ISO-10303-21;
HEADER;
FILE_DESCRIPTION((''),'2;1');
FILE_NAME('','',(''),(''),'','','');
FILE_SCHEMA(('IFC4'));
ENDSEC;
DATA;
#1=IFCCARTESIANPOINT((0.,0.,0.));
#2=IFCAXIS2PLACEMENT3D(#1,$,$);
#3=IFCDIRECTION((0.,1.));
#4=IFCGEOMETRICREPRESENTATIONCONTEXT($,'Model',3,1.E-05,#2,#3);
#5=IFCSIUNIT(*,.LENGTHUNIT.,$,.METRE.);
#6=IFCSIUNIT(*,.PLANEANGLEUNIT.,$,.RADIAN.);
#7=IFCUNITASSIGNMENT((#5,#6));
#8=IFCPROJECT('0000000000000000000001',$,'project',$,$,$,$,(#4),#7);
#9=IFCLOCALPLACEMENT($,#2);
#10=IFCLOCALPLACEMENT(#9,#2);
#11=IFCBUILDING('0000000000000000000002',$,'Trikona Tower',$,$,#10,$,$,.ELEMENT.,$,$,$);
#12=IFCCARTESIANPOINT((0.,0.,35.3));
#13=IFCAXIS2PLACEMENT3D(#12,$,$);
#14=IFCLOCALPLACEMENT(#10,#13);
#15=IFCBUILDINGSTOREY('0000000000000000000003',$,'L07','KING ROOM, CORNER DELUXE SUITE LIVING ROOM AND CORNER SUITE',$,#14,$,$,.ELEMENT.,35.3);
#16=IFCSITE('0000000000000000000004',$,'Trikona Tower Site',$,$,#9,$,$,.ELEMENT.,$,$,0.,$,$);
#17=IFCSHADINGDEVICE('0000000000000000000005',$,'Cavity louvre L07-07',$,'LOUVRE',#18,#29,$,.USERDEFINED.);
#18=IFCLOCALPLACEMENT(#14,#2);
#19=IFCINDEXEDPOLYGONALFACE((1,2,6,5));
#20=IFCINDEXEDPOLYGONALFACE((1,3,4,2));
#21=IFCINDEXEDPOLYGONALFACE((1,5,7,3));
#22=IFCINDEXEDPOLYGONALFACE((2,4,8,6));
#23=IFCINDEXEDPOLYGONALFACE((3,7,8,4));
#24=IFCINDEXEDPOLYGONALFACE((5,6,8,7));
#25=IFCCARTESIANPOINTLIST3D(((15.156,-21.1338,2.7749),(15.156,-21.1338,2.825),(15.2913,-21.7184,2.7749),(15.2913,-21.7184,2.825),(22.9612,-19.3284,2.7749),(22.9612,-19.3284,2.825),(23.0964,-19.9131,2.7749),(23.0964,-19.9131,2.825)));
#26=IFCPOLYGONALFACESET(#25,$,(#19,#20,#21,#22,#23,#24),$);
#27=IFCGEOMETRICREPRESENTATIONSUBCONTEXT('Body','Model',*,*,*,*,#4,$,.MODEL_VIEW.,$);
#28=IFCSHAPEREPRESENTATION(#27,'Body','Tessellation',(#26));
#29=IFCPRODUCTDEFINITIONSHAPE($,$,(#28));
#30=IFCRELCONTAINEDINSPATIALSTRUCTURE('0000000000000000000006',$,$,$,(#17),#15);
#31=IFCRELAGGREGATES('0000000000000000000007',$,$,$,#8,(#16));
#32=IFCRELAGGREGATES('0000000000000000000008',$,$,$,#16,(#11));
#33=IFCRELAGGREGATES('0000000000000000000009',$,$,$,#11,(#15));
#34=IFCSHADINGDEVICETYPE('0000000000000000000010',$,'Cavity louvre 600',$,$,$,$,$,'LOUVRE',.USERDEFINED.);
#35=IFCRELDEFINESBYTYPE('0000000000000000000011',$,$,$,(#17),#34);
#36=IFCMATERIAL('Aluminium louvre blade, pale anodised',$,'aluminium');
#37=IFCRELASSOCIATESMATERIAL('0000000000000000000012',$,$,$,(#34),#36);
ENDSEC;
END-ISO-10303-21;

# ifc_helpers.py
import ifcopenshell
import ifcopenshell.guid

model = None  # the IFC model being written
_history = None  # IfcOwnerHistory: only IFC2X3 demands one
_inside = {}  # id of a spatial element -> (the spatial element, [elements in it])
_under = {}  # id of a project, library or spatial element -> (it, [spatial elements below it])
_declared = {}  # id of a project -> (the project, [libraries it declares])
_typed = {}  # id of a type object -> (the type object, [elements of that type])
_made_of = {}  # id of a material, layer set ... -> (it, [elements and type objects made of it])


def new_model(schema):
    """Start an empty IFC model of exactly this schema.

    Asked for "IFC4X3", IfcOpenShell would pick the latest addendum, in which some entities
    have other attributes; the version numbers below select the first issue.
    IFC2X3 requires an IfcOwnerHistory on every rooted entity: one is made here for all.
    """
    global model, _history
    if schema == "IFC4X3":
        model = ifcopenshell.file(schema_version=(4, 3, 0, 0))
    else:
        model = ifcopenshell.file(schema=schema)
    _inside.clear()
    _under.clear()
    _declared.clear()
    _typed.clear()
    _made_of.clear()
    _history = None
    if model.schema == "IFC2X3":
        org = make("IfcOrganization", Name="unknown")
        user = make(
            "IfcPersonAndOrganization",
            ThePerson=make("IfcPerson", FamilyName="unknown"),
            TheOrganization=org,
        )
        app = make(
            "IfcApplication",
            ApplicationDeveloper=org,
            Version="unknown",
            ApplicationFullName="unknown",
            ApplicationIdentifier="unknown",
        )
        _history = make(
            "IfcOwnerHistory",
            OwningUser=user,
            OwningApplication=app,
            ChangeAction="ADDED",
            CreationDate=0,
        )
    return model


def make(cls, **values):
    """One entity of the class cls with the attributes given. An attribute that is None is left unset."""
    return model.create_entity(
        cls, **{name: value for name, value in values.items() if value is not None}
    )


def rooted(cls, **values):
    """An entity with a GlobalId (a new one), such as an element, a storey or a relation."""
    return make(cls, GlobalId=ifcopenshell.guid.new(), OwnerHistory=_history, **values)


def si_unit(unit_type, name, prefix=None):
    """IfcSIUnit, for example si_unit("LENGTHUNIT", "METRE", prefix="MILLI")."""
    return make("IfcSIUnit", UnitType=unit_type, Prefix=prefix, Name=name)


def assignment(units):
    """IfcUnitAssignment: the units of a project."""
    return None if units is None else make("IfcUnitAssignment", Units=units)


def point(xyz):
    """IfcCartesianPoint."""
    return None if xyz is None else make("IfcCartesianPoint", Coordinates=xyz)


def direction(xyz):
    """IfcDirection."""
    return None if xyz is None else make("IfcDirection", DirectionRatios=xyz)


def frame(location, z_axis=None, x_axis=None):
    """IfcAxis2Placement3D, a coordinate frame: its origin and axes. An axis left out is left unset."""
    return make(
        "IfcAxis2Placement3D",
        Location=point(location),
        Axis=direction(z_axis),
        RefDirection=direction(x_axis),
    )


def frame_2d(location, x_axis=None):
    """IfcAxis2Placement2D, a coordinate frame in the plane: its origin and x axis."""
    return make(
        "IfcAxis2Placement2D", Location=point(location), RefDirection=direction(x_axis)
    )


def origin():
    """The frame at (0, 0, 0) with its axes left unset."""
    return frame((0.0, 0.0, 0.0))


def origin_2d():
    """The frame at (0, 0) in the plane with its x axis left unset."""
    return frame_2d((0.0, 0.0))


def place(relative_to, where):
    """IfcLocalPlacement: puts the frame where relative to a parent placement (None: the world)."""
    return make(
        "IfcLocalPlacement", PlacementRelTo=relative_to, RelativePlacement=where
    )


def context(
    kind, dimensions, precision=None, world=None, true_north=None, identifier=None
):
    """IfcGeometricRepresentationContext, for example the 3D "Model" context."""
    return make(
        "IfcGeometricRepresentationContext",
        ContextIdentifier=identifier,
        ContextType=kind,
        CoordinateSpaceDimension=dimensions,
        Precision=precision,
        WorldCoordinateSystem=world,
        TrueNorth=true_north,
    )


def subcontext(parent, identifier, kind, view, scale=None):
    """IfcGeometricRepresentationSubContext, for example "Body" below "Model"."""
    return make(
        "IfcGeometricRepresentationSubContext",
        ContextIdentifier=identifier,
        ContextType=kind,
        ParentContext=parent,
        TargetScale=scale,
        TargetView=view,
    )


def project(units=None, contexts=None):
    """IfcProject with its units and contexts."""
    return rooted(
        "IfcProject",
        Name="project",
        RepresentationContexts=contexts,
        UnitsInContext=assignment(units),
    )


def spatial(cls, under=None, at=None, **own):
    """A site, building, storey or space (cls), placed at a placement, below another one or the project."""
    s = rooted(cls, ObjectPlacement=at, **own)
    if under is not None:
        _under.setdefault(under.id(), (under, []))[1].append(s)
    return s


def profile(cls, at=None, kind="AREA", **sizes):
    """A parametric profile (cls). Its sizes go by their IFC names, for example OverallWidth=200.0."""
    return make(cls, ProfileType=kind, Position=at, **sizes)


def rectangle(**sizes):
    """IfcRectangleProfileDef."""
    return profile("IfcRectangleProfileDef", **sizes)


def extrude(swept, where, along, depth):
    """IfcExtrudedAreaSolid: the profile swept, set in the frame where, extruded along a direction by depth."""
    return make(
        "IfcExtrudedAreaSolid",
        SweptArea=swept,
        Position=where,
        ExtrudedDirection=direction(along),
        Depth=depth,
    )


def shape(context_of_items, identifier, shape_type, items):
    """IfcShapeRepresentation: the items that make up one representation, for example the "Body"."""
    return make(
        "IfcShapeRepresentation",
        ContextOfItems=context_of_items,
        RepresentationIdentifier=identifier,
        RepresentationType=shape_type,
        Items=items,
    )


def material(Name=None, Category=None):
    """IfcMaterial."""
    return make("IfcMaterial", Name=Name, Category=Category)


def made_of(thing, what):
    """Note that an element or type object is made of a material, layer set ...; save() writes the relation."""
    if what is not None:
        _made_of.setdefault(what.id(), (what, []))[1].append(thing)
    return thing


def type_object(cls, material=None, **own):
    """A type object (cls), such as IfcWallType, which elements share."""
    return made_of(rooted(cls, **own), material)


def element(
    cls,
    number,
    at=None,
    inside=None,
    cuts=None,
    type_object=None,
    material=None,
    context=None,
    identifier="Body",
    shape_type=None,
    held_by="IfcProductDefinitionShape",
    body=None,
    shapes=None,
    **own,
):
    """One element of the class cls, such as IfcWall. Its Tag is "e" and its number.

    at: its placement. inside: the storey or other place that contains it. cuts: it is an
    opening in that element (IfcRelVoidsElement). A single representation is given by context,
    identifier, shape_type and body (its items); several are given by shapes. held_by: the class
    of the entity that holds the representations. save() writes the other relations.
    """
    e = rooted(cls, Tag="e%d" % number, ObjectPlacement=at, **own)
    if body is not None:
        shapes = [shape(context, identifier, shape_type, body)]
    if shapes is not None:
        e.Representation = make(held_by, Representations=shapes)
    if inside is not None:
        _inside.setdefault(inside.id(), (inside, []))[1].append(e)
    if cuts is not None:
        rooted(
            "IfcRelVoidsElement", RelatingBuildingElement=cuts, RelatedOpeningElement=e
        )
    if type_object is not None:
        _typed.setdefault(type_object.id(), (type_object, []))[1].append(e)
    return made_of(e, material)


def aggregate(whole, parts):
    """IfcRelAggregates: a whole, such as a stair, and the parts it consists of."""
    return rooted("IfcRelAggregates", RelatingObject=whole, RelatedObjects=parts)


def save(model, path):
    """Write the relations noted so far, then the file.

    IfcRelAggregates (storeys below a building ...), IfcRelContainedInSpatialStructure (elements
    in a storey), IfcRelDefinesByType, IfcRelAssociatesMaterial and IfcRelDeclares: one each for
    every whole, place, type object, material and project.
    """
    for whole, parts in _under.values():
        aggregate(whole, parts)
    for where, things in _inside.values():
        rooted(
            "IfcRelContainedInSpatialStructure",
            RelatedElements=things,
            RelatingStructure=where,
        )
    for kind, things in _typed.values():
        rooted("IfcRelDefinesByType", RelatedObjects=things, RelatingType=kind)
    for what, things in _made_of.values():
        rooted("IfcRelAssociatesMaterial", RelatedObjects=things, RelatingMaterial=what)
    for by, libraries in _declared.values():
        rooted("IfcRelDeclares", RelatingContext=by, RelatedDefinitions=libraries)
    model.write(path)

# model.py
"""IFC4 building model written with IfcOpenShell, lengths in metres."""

from ifc_helpers import new_model, si_unit, direction, frame, origin, origin_2d, place, context, subcontext, project, spatial, rectangle, extrude, material, type_object, element, save


model = new_model("IFC4")

# Units and contexts
model_context = context("Model", 3, precision=1e-05, world=origin(), true_north=direction((0.0, 1.0)))
body_context = subcontext(model_context, "Body", "Model", "MODEL_VIEW")
ifc_project = project(units=[si_unit("LENGTHUNIT", "METRE"), si_unit("PLANEANGLEUNIT", "RADIAN")], contexts=[model_context])

# Site, building, storey
site_placement = place(None, origin())
site = spatial("IfcSite", under=ifc_project, at=site_placement, Name="Trikona Tower Site", CompositionType="ELEMENT", RefElevation=0.0)
building_placement = place(site_placement, origin())
building = spatial("IfcBuilding", under=site, at=building_placement, Name="Trikona Tower", CompositionType="ELEMENT")
storey_placement = place(building_placement, frame((0.0, 0.0, 35.3)))
storey = spatial("IfcBuildingStorey", under=building, at=storey_placement, Name="L07", Description="KING ROOM, CORNER DELUXE SUITE LIVING ROOM AND CORNER SUITE", CompositionType="ELEMENT", Elevation=35.3)

# Shading device
ifc_material_1 = material(Name="Aluminium louvre blade, pale anodised", Category="aluminium")
shading_device_type = type_object("IfcShadingDeviceType", Name="Cavity louvre 600", ElementType="LOUVRE", PredefinedType="USERDEFINED", material=ifc_material_1)
shading_device_placement = place(storey_placement, frame((19.1262, -20.5234, 2.7749), z_axis=(0.0, 0.0, 1.0), x_axis=(0.974278, 0.225351, 0.0)))
element("IfcShadingDevice", 1, at=shading_device_placement, inside=storey, type_object=shading_device_type, Name="Cavity louvre L07-07", ObjectType="LOUVRE", PredefinedType="USERDEFINED", context=body_context, shape_type="SweptSolid", body=[
    extrude(rectangle(XDim=8.0112, YDim=0.6001, at=origin_2d()), origin(), (0.0, 0.0, 1.0), 0.05),
])

save(model, "model.ifc")
